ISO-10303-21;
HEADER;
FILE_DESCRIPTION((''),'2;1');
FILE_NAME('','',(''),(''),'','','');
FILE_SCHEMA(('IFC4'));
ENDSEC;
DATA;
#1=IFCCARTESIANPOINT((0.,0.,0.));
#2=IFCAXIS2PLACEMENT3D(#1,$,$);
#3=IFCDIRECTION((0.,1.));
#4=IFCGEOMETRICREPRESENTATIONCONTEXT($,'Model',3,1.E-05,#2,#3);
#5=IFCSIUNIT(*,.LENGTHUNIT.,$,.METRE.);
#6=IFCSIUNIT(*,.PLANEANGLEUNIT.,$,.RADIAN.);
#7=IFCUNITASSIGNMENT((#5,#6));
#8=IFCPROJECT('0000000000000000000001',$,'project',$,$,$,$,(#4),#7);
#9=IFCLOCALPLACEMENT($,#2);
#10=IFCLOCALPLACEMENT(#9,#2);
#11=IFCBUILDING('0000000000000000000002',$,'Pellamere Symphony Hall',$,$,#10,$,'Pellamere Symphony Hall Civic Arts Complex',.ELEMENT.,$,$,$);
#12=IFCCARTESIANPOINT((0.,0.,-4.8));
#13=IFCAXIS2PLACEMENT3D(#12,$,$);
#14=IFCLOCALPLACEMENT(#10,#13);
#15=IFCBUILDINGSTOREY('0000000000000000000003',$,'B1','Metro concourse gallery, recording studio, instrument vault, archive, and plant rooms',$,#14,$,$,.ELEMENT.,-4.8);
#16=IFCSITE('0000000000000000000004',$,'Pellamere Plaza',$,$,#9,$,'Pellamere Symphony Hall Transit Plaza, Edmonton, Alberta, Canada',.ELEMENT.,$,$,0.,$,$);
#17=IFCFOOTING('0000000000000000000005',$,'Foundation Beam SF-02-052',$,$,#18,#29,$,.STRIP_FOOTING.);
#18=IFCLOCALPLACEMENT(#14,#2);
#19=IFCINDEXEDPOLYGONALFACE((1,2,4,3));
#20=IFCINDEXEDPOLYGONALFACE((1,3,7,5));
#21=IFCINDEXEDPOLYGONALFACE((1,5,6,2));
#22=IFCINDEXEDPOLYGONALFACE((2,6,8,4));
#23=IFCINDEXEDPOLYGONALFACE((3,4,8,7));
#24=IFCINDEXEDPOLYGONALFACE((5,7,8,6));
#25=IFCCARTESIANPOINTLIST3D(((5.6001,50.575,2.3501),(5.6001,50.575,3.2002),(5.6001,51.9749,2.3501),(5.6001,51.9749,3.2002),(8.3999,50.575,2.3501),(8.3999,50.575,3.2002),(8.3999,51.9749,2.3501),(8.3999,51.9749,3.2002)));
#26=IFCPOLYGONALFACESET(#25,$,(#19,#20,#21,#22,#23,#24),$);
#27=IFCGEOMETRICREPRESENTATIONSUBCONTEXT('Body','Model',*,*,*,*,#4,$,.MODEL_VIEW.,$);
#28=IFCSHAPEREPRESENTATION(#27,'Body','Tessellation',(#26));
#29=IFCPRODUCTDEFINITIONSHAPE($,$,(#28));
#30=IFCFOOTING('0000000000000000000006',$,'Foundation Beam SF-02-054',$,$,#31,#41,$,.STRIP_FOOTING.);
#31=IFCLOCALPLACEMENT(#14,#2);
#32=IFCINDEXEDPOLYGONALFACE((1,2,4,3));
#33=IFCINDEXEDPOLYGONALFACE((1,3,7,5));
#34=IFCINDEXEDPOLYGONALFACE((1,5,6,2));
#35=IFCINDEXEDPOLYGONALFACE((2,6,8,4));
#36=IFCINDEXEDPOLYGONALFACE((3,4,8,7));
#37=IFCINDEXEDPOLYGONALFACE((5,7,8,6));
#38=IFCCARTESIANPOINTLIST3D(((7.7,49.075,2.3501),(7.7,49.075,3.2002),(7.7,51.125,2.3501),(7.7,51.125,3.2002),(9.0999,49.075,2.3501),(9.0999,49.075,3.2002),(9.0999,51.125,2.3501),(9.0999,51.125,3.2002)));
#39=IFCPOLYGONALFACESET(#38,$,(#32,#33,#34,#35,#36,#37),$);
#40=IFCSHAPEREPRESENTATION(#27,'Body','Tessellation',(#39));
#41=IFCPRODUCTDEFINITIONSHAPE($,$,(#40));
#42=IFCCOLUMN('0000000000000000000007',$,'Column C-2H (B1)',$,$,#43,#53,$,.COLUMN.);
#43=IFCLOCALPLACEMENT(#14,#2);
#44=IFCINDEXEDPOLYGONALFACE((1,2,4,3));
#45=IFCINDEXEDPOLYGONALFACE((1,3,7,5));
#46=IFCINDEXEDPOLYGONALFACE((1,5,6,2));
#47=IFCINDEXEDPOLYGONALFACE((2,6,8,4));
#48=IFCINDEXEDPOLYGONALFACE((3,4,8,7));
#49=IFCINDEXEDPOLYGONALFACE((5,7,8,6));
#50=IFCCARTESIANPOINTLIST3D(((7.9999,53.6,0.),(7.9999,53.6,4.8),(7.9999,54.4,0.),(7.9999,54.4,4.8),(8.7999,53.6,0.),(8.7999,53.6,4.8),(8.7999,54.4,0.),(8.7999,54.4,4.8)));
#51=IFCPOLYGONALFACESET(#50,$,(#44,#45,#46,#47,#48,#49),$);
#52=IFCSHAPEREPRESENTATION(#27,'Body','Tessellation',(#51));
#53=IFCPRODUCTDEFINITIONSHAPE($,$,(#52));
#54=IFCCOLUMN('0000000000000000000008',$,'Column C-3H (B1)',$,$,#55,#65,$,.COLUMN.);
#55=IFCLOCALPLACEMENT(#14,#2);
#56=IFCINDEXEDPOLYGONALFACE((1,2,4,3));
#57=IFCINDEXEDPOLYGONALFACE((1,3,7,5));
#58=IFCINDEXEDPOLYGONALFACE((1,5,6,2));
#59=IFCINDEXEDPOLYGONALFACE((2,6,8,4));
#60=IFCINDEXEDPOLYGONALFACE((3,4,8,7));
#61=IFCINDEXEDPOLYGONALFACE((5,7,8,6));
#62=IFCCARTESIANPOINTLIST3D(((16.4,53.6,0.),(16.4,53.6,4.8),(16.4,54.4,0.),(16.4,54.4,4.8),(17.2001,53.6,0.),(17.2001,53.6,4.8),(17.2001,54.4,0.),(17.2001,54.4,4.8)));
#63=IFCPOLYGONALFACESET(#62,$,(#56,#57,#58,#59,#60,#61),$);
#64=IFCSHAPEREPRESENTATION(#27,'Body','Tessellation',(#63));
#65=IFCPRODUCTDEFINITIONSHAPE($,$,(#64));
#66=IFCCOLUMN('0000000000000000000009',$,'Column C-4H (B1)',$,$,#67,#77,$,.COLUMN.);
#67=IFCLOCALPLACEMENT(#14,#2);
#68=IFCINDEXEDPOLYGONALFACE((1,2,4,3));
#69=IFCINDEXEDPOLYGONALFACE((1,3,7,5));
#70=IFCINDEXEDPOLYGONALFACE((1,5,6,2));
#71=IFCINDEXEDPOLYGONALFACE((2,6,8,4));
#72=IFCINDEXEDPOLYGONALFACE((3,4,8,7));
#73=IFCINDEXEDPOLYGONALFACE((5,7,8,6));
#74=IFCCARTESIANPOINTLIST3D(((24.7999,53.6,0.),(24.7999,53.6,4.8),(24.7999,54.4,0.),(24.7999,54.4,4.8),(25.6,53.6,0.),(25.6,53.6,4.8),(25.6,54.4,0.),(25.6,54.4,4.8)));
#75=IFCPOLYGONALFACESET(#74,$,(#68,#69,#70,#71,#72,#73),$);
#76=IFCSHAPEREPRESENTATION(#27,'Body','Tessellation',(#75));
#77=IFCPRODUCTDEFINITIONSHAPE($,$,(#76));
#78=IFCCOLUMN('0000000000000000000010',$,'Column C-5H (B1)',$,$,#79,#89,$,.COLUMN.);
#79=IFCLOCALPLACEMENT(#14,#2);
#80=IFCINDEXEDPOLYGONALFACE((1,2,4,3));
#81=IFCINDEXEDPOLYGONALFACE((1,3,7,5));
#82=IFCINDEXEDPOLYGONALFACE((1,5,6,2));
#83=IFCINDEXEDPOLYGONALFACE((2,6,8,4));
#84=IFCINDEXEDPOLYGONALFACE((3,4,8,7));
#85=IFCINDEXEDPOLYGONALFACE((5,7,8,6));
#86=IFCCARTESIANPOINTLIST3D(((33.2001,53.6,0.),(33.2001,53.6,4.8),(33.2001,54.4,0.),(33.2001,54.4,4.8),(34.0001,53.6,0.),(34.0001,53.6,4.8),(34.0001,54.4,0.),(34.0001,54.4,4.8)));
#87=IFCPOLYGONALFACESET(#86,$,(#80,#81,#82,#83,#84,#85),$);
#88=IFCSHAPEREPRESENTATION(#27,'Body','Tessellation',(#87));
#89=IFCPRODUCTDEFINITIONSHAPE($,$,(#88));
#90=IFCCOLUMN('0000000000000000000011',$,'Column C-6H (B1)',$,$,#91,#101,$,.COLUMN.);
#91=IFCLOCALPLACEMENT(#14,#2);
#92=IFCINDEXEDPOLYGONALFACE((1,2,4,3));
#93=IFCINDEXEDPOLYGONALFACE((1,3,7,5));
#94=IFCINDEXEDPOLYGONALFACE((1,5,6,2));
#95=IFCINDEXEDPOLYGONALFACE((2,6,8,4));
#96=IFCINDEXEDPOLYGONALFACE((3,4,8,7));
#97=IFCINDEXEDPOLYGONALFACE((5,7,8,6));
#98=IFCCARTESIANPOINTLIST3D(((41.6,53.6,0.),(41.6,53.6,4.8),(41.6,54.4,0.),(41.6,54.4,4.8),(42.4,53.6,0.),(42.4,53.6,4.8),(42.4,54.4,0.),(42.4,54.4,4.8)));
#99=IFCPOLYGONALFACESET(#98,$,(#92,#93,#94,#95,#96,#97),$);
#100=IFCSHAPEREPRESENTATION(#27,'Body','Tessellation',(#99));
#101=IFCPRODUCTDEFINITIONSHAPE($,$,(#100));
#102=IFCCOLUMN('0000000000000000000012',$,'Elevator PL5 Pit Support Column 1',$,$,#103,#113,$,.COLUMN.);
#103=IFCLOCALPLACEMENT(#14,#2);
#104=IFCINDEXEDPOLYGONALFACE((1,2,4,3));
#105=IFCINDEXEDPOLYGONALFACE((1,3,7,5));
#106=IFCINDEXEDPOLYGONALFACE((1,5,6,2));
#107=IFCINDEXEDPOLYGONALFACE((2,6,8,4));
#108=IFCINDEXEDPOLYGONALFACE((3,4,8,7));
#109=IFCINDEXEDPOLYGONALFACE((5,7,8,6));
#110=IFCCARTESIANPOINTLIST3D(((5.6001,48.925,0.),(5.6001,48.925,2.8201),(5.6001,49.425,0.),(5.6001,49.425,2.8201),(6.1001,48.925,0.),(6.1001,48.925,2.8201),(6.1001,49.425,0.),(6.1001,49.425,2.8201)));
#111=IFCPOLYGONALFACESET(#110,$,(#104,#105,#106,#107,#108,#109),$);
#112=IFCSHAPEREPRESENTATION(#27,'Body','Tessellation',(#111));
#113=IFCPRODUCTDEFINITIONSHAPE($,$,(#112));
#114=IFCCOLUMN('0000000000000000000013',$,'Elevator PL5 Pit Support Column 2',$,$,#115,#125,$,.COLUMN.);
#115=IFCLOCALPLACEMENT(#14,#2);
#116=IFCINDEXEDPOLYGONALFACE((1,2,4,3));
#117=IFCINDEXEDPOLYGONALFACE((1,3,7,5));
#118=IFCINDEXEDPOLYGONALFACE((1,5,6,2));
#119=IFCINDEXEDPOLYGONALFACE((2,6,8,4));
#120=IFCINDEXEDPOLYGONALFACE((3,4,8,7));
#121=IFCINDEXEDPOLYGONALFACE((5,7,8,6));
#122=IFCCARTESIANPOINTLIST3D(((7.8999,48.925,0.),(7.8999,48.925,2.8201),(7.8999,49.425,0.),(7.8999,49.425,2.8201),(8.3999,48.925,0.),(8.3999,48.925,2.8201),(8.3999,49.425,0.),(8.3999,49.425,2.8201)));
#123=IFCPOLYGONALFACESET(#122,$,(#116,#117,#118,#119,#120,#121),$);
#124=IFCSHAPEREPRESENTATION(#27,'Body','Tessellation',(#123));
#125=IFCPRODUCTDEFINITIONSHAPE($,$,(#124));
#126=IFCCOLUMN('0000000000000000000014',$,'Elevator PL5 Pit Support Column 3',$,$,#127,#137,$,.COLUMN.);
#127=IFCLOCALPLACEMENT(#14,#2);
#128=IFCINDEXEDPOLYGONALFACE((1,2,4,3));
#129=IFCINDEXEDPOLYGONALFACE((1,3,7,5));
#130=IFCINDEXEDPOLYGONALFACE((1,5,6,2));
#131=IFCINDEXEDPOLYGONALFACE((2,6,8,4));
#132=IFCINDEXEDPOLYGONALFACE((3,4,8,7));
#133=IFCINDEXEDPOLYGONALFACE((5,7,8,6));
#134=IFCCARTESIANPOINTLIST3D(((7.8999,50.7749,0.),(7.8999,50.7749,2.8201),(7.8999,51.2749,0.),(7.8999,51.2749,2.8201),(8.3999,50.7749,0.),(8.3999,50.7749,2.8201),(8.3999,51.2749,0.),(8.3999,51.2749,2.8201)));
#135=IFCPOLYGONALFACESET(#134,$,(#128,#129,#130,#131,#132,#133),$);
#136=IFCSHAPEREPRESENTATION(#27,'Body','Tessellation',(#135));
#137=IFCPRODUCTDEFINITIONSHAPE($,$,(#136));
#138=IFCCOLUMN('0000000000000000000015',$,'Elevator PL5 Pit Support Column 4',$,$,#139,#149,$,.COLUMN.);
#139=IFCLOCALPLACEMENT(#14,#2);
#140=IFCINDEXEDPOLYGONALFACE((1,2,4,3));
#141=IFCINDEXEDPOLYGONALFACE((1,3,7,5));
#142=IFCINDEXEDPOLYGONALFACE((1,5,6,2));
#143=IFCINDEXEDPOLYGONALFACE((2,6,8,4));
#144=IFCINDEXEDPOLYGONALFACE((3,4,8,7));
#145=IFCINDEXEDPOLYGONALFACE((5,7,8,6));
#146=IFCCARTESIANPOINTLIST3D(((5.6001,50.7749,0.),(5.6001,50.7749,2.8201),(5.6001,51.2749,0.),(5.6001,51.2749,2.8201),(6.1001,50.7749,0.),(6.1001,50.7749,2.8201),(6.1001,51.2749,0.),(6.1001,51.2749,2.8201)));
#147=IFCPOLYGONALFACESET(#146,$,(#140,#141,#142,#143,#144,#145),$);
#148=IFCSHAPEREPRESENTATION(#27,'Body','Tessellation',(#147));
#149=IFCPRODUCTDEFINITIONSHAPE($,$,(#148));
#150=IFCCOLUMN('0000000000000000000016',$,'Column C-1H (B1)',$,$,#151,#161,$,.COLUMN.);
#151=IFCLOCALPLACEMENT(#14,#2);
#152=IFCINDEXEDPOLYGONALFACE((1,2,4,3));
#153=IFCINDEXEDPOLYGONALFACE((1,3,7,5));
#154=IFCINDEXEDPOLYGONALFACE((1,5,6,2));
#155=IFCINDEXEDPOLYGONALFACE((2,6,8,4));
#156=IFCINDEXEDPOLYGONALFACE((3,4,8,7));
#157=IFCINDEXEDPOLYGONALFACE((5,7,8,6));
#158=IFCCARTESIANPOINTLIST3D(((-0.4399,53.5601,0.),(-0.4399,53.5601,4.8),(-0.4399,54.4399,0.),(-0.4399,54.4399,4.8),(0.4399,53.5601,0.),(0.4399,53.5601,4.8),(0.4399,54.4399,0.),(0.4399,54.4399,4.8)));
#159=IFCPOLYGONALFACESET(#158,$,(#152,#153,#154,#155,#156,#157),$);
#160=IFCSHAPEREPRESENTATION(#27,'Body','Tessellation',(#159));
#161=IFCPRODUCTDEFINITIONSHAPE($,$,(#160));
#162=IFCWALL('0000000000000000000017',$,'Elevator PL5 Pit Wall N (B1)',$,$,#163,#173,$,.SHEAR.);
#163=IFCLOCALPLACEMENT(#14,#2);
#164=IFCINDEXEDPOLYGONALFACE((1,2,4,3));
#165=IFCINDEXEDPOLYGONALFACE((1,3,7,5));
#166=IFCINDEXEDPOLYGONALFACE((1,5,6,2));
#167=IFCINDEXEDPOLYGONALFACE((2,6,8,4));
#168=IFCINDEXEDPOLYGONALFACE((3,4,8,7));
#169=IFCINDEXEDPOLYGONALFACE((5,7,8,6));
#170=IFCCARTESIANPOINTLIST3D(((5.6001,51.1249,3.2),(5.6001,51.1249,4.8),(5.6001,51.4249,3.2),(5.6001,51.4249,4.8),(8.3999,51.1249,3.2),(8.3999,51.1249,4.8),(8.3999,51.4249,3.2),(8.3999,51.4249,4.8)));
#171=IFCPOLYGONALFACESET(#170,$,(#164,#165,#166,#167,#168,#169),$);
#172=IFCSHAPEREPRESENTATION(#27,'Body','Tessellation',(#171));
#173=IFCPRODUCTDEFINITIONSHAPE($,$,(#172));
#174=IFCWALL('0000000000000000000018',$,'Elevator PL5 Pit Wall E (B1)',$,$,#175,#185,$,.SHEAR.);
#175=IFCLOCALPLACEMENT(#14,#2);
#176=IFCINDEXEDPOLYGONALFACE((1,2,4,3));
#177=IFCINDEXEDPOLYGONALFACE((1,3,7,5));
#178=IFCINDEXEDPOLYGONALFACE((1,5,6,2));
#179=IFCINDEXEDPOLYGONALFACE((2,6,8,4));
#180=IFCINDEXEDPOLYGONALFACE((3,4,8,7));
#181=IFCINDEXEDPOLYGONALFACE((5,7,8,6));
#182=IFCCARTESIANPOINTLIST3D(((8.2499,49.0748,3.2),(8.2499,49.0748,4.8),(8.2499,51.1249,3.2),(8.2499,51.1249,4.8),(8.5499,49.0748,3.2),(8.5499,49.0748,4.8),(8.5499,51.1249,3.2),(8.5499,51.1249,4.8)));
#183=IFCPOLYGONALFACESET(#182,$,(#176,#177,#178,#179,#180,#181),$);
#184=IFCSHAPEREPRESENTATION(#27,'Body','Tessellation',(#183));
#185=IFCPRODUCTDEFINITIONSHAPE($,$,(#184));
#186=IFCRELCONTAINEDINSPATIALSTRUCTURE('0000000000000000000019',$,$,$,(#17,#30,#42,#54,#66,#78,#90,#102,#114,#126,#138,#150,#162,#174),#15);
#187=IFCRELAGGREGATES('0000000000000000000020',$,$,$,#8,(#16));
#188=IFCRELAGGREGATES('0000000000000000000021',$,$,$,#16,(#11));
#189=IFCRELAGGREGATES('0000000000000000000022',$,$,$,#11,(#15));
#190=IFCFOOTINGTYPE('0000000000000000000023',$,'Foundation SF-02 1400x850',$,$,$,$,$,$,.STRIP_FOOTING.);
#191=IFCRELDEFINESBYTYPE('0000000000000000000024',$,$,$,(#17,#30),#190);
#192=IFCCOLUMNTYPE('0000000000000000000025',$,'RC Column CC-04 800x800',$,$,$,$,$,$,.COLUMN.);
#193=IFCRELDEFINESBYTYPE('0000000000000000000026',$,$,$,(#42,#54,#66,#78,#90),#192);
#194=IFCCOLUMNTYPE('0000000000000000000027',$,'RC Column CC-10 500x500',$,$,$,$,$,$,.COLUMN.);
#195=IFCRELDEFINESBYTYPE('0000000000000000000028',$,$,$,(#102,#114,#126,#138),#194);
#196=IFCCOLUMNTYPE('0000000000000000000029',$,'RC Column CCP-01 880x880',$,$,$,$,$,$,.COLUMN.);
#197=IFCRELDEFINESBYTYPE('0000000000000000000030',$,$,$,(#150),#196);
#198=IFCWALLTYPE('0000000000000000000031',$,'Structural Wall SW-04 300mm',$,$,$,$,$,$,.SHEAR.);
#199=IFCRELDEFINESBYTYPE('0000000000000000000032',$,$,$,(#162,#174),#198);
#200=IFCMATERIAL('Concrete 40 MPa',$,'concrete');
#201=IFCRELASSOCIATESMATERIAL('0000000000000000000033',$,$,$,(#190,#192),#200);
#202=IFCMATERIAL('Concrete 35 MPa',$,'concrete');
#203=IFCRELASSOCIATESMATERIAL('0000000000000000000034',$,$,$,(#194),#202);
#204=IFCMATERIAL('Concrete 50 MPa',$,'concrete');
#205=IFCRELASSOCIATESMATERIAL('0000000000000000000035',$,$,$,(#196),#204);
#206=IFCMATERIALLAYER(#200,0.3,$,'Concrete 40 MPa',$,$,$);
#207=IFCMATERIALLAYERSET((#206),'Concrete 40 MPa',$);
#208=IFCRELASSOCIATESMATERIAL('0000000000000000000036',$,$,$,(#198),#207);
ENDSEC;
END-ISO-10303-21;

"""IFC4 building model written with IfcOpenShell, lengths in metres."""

from ifc_helpers import new_model, si_unit, direction, frame, frame_2d, origin, origin_2d, place, context, subcontext, project, spatial, rectangle, extrude, material, layer, layer_set, material_profile, profile_set, type_object, element, save


model = new_model("IFC4")

# Units and contexts
model_context = context("Model", 3, precision=1e-05, world=origin(), true_north=direction((0.0, 1.0)))
body_context = subcontext(model_context, "Body", "Model", "MODEL_VIEW")
ifc_project = project(units=[si_unit("LENGTHUNIT", "METRE"), si_unit("PLANEANGLEUNIT", "RADIAN")], contexts=[model_context])

# Site, building, storey
site_placement = place(None, origin())
site = spatial("IfcSite", under=ifc_project, at=site_placement, Name="Pellamere Plaza", LongName="Pellamere Symphony Hall Transit Plaza, Edmonton, Alberta, Canada", CompositionType="ELEMENT", RefElevation=0.0)
building_placement = place(site_placement, origin())
building = spatial("IfcBuilding", under=site, at=building_placement, Name="Pellamere Symphony Hall", LongName="Pellamere Symphony Hall Civic Arts Complex", CompositionType="ELEMENT")
storey_placement = place(building_placement, frame((0.0, 0.0, -4.8)))
storey = spatial("IfcBuildingStorey", under=building, at=storey_placement, Name="B1", Description="Metro concourse gallery, recording studio, instrument vault, archive, and plant rooms", CompositionType="ELEMENT", Elevation=-4.8)

# Shared definitions
ifc_material_1 = material(Name="Concrete 35 MPa", Category="concrete")

# Footings
ifc_material_2 = material(Name="Concrete 40 MPa", Category="concrete")
ifc_material_profile_1 = material_profile(ifc_material_2, rectangle(XDim=1.3999, YDim=0.8501, at=origin_2d()), Name="RC 1400x850")
ifc_profile_set_1 = profile_set([ifc_material_profile_1], Name="Concrete 40 MPa")
footing_type_1 = type_object("IfcFootingType", Name="Foundation SF-02 1400x850", PredefinedType="STRIP_FOOTING", material=ifc_profile_set_1)
footing_1_placement = place(storey_placement, frame((5.6001, 51.2749, 2.7751), z_axis=(1.0, 0.0, 0.0), x_axis=(0.0, 1.0, 0.0)))
element("IfcFooting", 1, at=footing_1_placement, inside=storey, type_object=footing_type_1, Name="Foundation Beam SF-02-052", PredefinedType="STRIP_FOOTING", context=body_context, shape_type="SweptSolid", body=[
    extrude(rectangle(XDim=1.3999, YDim=0.8501, at=origin_2d()), origin(), (0.0, 0.0, 1.0), 2.7998),
])
footing_2_placement = place(storey_placement, frame((8.3999, 49.075, 2.7751), z_axis=(0.0, 1.0, 0.0), x_axis=(-1.0, 0.0, 0.0)))
element("IfcFooting", 2, at=footing_2_placement, inside=storey, type_object=footing_type_1, Name="Foundation Beam SF-02-054", PredefinedType="STRIP_FOOTING", context=body_context, shape_type="SweptSolid", body=[
    extrude(rectangle(XDim=1.3999, YDim=0.8501, at=origin_2d()), origin(), (0.0, 0.0, 1.0), 2.05),
])

# Columns
ifc_material_profile_2 = material_profile(ifc_material_2, rectangle(XDim=0.8, YDim=0.8, at=origin_2d()), Name="RC 800x800")
ifc_profile_set_2 = profile_set([ifc_material_profile_2], Name="Concrete 40 MPa")
column_type_1 = type_object("IfcColumnType", Name="RC Column CC-04 800x800", PredefinedType="COLUMN", material=ifc_profile_set_2)
for number, where, z_axis, x_axis, name in (
    (3, (8.3999, 54.0, 0.0), (0.0, 0.0, 1.0), (1.0, 0.0, 0.0), "Column C-2H (B1)"),
    (4, (16.8, 54.0, 0.0), (0.0, 0.0, 1.0), (1.0, 0.0, 0.0), "Column C-3H (B1)"),
    (5, (25.2, 54.0, 0.0), (0.0, 0.0, 1.0), (1.0, 0.0, 0.0), "Column C-4H (B1)"),
    (6, (33.6001, 54.0, 0.0), (0.0, 0.0, 1.0), (1.0, 0.0, 0.0), "Column C-5H (B1)"),
    (7, (42.0, 54.0, 0.0), (0.0, 0.0, 1.0), (1.0, 0.0, 0.0), "Column C-6H (B1)"),
):
    element("IfcColumn", number, at=place(storey_placement, frame(where, z_axis=z_axis, x_axis=x_axis)), inside=storey, type_object=column_type_1, Name=name, PredefinedType="COLUMN", context=body_context, shape_type="SweptSolid", body=[
        extrude(rectangle(XDim=0.8, YDim=0.8, at=origin_2d()), origin(), (0.0, 0.0, 1.0), 4.8),
    ])
ifc_material_profile_3 = material_profile(ifc_material_1, rectangle(XDim=0.5, YDim=0.5, at=origin_2d()), Name="RC 500x500")
ifc_profile_set_3 = profile_set([ifc_material_profile_3], Name="Concrete 35 MPa")
column_type_2 = type_object("IfcColumnType", Name="RC Column CC-10 500x500", PredefinedType="COLUMN", material=ifc_profile_set_3)
for number, where, z_axis, x_axis, name in (
    (8, (5.8501, 49.175, 0.0), (0.0, 0.0, 1.0), (1.0, 0.0, 0.0), "Elevator PL5 Pit Support Column 1"),
    (9, (8.1499, 49.175, 0.0), (0.0, 0.0, 1.0), (1.0, 0.0, 0.0), "Elevator PL5 Pit Support Column 2"),
    (10, (8.1499, 51.0249, 0.0), (0.0, 0.0, 1.0), (1.0, 0.0, 0.0), "Elevator PL5 Pit Support Column 3"),
    (11, (5.8501, 51.0249, 0.0), (0.0, 0.0, 1.0), (1.0, 0.0, 0.0), "Elevator PL5 Pit Support Column 4"),
):
    element("IfcColumn", number, at=place(storey_placement, frame(where, z_axis=z_axis, x_axis=x_axis)), inside=storey, type_object=column_type_2, Name=name, PredefinedType="COLUMN", context=body_context, shape_type="SweptSolid", body=[
        extrude(rectangle(XDim=0.5, YDim=0.5, at=origin_2d()), origin(), (0.0, 0.0, 1.0), 2.8201),
    ])
ifc_material_3 = material(Name="Concrete 50 MPa", Category="concrete")
ifc_material_profile_4 = material_profile(ifc_material_3, rectangle(XDim=0.8799, YDim=0.8799, at=origin_2d()), Name="RC 880x880")
ifc_profile_set_4 = profile_set([ifc_material_profile_4], Name="Concrete 50 MPa")
column_type_3 = type_object("IfcColumnType", Name="RC Column CCP-01 880x880", PredefinedType="COLUMN", material=ifc_profile_set_4)
column_placement = place(storey_placement, frame((0.0, 54.0, 0.0), z_axis=(0.0, 0.0, 1.0), x_axis=(1.0, 0.0, 0.0)))
element("IfcColumn", 12, at=column_placement, inside=storey, type_object=column_type_3, Name="Column C-1H (B1)", PredefinedType="COLUMN", context=body_context, shape_type="SweptSolid", body=[
    extrude(rectangle(XDim=0.8799, YDim=0.8799, at=origin_2d()), origin(), (0.0, 0.0, 1.0), 4.8),
])

# Walls
ifc_layer = layer(ifc_material_2, 0.3, Name="Concrete 40 MPa")
ifc_layer_set = layer_set([ifc_layer], Name="Concrete 40 MPa")
wall_type = type_object("IfcWallType", Name="Structural Wall SW-04 300mm", PredefinedType="SHEAR", material=ifc_layer_set)
wall_1_placement = place(storey_placement, frame((5.6001, 51.2749, 3.2), z_axis=(0.0, 0.0, 1.0), x_axis=(1.0, 0.0, 0.0)))
element("IfcWall", 13, at=wall_1_placement, inside=storey, type_object=wall_type, Name="Elevator PL5 Pit Wall N (B1)", PredefinedType="SHEAR", context=body_context, shape_type="SweptSolid", body=[
    extrude(rectangle(XDim=2.7998, YDim=0.3, at=frame_2d((1.3999, 0.0))), origin(), (0.0, 0.0, 1.0), 1.6001),
])
wall_2_placement = place(storey_placement, frame((8.3999, 49.075, 3.2), z_axis=(0.0, 0.0, 1.0), x_axis=(0.0, 1.0, 0.0)))
element("IfcWall", 14, at=wall_2_placement, inside=storey, type_object=wall_type, Name="Elevator PL5 Pit Wall E (B1)", PredefinedType="SHEAR", context=body_context, shape_type="SweptSolid", body=[
    extrude(rectangle(XDim=2.05, YDim=0.3, at=frame_2d((1.0249, 0.0))), origin(), (0.0, 0.0, 1.0), 1.6001),
])

save(model, "model.ifc")
